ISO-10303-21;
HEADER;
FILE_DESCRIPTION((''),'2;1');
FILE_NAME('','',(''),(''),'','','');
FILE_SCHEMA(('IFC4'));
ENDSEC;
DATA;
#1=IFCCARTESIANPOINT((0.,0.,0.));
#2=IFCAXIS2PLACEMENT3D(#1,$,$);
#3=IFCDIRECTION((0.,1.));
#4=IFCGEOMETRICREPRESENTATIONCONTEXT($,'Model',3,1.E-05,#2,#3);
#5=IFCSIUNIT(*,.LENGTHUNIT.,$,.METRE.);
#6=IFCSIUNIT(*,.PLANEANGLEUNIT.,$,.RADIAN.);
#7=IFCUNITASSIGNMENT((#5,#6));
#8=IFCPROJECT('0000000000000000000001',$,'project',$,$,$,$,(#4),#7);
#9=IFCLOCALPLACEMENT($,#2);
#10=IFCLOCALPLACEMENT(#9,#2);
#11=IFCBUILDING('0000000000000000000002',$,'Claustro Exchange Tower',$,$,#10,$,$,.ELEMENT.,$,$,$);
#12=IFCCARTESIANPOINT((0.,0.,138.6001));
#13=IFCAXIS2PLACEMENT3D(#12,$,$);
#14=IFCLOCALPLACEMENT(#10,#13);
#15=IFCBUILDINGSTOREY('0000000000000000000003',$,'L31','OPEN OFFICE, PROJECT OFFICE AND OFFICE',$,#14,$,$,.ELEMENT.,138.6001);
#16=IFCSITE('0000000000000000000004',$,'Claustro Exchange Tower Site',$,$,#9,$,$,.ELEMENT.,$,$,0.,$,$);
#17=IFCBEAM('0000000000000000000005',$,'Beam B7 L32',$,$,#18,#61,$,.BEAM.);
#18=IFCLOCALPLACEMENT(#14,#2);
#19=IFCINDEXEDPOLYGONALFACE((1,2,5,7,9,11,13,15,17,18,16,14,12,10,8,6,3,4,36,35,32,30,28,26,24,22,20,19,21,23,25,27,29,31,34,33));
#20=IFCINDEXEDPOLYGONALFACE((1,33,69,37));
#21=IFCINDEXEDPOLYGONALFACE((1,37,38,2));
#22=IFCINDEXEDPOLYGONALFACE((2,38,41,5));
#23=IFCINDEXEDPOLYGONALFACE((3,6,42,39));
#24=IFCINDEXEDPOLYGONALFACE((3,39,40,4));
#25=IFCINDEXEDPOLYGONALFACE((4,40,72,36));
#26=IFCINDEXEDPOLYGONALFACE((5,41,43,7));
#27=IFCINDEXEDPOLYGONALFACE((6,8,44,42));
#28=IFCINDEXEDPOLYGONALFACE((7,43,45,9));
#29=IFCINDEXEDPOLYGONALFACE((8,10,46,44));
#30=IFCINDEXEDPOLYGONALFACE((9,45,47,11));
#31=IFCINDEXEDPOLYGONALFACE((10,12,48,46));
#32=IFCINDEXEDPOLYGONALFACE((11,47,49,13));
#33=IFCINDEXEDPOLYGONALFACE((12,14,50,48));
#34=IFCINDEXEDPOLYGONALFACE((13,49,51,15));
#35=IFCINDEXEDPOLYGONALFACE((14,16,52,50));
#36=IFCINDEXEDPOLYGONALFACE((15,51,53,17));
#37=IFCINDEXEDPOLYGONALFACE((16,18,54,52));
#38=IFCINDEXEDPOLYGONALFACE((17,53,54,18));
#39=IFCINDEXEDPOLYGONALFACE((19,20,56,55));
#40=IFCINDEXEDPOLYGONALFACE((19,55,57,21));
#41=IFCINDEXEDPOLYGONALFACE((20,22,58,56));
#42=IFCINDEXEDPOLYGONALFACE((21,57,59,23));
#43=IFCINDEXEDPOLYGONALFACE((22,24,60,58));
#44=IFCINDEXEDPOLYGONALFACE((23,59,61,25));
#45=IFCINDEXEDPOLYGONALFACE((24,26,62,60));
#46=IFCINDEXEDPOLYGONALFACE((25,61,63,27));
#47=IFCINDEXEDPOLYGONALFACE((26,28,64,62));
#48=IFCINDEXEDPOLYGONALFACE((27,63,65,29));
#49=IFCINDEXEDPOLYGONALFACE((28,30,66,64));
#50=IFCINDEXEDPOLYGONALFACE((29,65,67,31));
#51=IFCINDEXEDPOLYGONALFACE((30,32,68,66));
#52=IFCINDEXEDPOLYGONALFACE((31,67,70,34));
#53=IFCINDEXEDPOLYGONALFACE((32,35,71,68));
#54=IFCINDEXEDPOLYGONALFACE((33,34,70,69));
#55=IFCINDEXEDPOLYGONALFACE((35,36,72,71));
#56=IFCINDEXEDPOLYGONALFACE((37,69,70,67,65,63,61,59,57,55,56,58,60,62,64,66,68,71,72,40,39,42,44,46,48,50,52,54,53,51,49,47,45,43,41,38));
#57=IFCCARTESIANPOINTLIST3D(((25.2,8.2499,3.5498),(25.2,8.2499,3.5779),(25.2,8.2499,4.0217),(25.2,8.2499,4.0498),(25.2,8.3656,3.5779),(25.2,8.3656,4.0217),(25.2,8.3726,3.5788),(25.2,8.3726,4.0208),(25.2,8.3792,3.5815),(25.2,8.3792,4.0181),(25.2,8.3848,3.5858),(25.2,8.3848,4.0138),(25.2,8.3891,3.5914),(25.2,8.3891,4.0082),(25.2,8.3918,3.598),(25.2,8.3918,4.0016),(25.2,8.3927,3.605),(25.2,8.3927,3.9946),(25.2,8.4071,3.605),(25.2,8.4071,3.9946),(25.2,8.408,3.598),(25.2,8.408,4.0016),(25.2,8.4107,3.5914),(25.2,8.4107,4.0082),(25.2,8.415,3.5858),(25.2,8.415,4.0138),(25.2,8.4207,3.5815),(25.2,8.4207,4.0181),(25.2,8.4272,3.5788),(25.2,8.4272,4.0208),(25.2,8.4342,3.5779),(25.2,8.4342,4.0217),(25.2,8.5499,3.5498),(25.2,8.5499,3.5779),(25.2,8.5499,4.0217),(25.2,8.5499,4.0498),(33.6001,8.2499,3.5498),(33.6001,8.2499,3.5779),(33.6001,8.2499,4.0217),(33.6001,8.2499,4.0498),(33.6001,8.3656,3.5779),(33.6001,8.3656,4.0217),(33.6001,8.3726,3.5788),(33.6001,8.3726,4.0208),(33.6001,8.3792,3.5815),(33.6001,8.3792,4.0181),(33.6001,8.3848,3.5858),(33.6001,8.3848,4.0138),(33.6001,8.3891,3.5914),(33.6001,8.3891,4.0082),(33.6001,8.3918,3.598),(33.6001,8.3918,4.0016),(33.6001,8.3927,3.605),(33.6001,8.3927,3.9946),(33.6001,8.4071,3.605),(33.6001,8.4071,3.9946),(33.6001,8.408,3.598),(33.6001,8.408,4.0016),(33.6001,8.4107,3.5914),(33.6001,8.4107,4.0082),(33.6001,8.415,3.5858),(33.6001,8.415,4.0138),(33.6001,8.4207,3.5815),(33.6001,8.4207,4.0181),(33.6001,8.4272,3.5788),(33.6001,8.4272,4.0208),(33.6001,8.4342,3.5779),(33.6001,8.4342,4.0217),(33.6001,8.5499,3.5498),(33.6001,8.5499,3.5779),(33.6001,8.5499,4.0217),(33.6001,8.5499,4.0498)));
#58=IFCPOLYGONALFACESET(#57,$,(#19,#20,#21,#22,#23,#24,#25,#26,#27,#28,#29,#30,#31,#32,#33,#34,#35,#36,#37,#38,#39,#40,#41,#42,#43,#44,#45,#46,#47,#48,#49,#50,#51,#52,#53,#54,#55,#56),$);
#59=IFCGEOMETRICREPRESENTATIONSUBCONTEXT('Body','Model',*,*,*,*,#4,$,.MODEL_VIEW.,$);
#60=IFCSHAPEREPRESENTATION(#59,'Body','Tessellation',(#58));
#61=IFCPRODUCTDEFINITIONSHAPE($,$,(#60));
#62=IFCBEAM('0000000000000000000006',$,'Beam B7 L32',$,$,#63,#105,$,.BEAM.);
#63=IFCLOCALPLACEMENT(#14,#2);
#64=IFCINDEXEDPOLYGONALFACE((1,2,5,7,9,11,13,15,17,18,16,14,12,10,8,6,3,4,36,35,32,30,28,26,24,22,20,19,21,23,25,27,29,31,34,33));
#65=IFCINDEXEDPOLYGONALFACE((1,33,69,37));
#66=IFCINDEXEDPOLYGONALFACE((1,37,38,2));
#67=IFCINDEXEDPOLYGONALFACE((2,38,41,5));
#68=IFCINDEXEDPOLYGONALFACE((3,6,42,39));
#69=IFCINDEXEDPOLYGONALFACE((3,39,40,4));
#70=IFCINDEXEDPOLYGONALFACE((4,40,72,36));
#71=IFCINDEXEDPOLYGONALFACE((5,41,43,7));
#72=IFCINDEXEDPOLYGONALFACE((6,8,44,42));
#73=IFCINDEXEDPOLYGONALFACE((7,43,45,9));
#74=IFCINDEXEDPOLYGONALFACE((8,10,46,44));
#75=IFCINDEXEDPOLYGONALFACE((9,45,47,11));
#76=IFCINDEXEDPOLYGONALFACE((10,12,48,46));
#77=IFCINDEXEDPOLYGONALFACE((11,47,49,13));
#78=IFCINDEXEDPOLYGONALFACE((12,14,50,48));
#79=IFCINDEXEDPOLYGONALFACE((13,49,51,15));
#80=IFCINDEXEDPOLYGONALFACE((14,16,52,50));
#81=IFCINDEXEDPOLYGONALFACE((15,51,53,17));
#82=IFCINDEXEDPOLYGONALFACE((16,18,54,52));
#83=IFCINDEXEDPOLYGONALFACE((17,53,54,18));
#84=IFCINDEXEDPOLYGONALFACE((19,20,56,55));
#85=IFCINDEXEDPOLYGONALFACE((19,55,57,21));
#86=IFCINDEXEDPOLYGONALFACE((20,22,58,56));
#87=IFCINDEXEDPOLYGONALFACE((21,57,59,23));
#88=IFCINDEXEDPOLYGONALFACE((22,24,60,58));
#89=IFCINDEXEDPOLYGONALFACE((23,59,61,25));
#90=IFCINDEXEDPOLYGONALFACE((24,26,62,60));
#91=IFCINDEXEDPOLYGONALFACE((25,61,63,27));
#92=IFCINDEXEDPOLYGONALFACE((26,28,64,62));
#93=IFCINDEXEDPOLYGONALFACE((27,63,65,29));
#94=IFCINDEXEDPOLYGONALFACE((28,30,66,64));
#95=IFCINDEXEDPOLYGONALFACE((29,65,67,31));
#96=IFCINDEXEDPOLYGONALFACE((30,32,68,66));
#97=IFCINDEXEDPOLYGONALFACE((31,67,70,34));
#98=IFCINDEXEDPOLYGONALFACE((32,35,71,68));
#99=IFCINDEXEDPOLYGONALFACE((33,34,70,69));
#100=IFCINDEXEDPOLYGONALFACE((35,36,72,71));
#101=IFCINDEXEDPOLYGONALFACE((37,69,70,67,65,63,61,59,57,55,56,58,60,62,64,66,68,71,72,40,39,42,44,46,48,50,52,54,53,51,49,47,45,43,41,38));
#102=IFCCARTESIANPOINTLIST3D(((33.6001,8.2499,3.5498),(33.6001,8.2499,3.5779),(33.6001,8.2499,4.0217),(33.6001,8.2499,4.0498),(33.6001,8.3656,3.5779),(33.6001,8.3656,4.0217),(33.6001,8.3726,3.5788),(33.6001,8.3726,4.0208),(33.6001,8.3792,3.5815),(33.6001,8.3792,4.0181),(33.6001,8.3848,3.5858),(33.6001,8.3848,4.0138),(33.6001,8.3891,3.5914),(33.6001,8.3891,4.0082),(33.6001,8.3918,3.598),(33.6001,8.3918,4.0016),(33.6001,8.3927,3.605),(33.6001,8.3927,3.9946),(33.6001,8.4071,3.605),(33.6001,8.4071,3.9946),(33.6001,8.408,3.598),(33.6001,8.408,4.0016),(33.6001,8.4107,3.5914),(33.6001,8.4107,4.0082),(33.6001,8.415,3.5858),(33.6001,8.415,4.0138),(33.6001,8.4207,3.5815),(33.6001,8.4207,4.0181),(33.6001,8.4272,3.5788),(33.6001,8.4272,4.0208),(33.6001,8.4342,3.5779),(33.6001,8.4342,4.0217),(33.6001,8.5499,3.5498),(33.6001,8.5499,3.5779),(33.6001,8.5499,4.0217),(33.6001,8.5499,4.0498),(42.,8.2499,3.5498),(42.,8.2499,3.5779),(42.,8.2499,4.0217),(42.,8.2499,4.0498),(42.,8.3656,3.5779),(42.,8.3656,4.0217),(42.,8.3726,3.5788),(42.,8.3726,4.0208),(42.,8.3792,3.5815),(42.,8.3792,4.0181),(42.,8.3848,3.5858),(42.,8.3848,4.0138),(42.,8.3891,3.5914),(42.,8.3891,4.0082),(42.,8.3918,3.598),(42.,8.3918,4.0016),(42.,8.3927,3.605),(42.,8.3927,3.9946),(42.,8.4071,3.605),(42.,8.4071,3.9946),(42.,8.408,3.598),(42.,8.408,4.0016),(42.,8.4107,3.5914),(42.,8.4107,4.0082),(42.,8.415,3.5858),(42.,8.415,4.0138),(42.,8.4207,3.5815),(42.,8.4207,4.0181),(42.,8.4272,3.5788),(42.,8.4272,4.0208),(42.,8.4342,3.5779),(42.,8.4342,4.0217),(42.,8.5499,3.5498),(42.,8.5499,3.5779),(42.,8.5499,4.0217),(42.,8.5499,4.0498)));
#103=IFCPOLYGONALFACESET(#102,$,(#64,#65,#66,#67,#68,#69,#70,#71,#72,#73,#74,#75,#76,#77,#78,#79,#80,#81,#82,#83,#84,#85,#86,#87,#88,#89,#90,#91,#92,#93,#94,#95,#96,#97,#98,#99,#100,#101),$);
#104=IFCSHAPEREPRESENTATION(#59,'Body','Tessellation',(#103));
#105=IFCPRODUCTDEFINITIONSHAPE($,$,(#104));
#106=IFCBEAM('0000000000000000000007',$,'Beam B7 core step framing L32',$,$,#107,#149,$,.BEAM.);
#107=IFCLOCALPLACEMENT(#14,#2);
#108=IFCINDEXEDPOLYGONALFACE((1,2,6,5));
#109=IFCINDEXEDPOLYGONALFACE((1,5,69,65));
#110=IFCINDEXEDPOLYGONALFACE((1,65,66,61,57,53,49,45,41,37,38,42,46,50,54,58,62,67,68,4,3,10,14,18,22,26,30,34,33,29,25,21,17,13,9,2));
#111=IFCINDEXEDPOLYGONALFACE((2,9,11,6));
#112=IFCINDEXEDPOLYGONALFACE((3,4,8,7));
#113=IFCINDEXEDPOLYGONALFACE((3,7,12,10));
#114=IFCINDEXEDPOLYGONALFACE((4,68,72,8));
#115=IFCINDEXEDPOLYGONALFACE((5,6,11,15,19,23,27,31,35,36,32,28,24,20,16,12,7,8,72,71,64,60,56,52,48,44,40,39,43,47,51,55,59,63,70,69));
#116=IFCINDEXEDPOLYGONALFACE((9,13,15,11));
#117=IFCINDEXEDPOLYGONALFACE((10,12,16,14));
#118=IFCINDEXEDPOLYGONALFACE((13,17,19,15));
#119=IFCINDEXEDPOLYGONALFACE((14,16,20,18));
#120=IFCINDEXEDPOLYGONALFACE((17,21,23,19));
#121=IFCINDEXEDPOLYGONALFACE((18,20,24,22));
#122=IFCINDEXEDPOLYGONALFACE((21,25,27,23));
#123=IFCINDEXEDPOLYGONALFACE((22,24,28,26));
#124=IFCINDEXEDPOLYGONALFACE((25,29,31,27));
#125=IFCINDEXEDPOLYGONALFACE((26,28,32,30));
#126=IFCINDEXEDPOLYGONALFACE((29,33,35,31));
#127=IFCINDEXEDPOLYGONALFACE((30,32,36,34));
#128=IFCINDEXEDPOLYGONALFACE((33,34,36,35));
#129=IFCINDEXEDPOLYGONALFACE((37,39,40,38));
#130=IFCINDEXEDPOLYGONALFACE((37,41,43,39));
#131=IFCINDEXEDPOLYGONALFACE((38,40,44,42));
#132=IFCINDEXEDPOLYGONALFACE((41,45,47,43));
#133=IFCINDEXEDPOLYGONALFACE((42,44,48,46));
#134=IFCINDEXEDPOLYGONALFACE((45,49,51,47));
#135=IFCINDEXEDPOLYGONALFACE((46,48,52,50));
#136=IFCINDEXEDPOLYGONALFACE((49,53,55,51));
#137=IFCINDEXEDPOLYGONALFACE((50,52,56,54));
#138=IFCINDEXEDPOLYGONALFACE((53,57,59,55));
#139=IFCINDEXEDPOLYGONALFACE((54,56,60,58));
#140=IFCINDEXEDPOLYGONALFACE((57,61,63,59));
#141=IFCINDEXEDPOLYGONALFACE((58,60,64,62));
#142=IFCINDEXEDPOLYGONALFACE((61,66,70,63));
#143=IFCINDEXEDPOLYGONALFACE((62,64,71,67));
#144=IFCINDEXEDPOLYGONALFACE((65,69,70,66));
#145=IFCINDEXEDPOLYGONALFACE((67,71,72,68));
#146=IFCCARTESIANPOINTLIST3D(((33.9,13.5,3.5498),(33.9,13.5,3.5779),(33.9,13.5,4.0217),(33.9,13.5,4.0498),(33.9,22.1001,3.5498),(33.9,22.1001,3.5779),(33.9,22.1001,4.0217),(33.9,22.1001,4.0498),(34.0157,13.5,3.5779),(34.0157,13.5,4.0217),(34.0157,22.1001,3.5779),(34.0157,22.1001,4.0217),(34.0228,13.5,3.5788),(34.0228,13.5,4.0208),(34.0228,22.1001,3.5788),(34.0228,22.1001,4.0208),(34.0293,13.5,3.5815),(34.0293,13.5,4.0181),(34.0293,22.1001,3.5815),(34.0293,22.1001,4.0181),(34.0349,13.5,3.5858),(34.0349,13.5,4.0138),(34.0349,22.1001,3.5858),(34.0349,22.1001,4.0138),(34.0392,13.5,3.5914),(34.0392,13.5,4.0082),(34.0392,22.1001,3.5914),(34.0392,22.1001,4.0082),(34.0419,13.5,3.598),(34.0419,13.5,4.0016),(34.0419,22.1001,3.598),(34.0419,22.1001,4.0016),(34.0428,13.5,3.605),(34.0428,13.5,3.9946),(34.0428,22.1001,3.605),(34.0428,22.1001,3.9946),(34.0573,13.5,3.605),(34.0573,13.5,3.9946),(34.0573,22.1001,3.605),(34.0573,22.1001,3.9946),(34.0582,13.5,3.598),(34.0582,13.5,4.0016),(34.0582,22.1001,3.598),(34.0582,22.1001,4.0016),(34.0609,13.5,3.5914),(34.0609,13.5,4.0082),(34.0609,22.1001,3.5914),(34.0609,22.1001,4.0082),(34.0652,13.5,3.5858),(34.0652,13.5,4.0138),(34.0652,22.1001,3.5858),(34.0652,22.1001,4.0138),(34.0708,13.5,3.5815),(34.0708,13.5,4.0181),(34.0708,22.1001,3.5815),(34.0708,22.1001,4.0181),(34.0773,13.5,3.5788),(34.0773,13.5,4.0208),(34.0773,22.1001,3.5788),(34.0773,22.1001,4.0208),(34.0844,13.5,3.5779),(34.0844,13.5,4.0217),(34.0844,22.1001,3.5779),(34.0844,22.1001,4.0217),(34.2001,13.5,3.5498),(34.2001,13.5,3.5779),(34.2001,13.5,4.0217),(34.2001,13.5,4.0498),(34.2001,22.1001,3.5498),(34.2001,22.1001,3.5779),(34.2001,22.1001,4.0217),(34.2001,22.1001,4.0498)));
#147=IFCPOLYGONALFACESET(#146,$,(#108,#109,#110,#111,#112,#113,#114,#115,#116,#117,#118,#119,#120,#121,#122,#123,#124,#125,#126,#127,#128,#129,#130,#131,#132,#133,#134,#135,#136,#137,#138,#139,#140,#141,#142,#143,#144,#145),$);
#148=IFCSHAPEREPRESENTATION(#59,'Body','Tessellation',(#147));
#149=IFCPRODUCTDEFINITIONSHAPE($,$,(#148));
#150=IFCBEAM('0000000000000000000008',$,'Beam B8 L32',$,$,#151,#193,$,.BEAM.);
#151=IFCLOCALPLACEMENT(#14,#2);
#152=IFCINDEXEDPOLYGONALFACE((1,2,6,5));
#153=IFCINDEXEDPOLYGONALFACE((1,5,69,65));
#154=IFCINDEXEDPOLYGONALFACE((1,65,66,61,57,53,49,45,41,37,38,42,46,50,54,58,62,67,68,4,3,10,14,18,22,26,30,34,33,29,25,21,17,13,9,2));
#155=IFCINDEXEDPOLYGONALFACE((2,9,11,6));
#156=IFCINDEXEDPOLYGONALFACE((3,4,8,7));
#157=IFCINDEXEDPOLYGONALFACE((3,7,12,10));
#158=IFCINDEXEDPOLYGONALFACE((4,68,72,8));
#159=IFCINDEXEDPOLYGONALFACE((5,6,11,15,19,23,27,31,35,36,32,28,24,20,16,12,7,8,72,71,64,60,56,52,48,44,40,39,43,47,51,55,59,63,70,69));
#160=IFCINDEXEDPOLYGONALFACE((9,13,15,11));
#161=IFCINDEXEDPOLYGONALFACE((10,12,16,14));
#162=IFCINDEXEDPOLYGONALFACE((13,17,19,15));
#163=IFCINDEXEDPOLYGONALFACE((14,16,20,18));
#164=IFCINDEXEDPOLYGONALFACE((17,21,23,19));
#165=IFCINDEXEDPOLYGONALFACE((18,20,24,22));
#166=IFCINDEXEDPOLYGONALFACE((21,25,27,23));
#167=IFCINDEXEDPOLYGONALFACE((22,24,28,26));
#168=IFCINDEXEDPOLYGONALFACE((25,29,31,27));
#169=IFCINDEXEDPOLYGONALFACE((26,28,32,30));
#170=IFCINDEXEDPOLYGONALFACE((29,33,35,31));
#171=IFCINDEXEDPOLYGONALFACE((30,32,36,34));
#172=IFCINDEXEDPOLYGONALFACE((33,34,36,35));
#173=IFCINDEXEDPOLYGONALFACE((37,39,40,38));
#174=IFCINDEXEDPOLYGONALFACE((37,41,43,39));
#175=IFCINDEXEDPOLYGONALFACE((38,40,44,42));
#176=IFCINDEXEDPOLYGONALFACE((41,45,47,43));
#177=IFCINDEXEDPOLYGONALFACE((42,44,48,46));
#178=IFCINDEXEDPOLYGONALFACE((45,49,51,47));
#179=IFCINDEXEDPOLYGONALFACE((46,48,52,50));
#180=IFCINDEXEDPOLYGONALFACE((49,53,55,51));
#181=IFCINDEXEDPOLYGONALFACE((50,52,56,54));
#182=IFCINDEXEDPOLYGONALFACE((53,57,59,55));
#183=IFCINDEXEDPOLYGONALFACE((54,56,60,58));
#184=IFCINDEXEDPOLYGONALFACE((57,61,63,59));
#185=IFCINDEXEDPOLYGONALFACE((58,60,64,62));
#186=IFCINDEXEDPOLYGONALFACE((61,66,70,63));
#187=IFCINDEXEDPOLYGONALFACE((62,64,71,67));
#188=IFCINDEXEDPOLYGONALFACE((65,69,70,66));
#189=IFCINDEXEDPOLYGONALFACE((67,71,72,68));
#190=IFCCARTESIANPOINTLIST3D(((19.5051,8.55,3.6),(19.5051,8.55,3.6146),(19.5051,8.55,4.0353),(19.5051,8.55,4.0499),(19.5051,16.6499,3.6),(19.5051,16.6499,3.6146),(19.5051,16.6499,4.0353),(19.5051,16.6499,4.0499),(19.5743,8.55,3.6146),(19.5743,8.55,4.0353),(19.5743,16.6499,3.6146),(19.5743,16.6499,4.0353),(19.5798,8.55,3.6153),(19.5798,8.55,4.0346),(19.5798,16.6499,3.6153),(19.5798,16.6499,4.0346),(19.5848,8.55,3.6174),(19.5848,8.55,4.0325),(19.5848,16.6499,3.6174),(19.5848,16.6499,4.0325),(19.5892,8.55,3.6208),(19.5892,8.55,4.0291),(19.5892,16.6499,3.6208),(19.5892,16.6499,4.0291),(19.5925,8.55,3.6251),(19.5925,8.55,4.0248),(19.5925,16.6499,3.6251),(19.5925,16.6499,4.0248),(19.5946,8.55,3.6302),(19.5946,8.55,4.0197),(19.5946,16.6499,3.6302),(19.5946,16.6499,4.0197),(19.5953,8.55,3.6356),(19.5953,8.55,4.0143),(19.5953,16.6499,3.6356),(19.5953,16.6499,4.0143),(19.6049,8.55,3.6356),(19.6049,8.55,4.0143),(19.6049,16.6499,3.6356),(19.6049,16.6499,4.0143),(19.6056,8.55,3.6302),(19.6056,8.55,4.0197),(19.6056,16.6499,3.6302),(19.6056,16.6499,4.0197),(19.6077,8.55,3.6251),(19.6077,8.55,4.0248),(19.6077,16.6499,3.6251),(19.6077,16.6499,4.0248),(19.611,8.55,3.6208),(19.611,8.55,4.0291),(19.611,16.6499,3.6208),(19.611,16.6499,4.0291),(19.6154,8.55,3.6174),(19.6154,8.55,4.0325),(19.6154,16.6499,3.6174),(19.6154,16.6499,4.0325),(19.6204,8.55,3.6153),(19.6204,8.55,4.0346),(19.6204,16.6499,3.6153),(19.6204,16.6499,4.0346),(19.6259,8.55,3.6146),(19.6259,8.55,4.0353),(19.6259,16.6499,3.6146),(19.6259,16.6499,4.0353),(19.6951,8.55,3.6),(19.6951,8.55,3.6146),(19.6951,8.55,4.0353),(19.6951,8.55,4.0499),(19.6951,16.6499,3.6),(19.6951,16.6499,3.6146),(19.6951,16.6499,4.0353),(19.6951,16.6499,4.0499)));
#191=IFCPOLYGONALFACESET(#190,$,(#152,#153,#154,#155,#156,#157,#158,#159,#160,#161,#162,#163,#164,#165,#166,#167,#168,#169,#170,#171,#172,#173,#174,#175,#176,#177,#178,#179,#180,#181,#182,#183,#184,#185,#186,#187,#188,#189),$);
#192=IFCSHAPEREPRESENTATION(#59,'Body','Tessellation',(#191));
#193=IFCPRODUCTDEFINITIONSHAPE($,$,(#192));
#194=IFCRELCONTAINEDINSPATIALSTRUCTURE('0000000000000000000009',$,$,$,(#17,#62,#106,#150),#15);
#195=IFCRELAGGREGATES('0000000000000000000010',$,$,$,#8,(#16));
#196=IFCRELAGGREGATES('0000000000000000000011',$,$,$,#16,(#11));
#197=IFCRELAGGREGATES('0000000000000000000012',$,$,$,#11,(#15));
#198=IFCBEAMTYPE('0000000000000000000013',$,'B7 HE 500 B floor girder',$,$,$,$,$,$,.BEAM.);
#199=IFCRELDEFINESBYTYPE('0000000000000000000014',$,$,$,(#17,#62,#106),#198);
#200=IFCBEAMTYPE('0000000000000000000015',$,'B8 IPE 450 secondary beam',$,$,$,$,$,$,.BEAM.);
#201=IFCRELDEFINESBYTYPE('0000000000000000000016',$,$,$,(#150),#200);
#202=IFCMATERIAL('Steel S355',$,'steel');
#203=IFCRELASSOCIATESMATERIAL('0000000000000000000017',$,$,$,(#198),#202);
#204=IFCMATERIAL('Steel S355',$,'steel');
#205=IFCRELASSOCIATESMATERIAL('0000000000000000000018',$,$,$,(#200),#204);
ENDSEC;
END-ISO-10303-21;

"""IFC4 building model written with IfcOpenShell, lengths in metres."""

from ifc_helpers import new_model, si_unit, direction, frame, origin, origin_2d, place, context, subcontext, project, spatial, i_section, extrude, material, material_profile, profile_set, type_object, element, save


model = new_model("IFC4")

# Units and contexts
model_context = context("Model", 3, precision=1e-05, world=origin(), true_north=direction((0.0, 1.0)))
body_context = subcontext(model_context, "Body", "Model", "MODEL_VIEW")
ifc_project = project(units=[si_unit("LENGTHUNIT", "METRE"), si_unit("PLANEANGLEUNIT", "RADIAN")], contexts=[model_context])

# Site, building, storey
site_placement = place(None, origin())
site = spatial("IfcSite", under=ifc_project, at=site_placement, Name="Claustro Exchange Tower Site", CompositionType="ELEMENT", RefElevation=0.0)
building_placement = place(site_placement, origin())
building = spatial("IfcBuilding", under=site, at=building_placement, Name="Claustro Exchange Tower", CompositionType="ELEMENT")
storey_placement = place(building_placement, frame((0.0, 0.0, 138.6001)))
storey = spatial("IfcBuildingStorey", under=building, at=storey_placement, Name="L31", Description="OPEN OFFICE, PROJECT OFFICE AND OFFICE", CompositionType="ELEMENT", Elevation=138.6001)

# Beams
ifc_material_1 = material(Name="Steel S355", Category="steel")
ifc_material_profile_1 = material_profile(ifc_material_1, i_section(OverallWidth=0.3, OverallDepth=0.5, WebThickness=0.0144, FlangeThickness=0.0281, FilletRadius=0.0271, at=origin_2d()), Name="HE 500 B")
ifc_profile_set_1 = profile_set([ifc_material_profile_1], Name="Steel S355")
beam_type_1 = type_object("IfcBeamType", Name="B7 HE 500 B floor girder", PredefinedType="BEAM", material=ifc_profile_set_1)
beam_1_placement = place(storey_placement, frame((25.2, 8.3999, 3.7998), z_axis=(1.0, 0.0, 0.0), x_axis=(0.0, 1.0, 0.0)))
element("IfcBeam", 1, at=beam_1_placement, inside=storey, type_object=beam_type_1, Name="Beam B7 L32", PredefinedType="BEAM", context=body_context, shape_type="SweptSolid", body=[
    extrude(i_section(OverallWidth=0.3, OverallDepth=0.5, WebThickness=0.0144, FlangeThickness=0.0281, FilletRadius=0.0271, at=origin_2d()), origin(), (0.0, 0.0, 1.0), 8.4001),
])
beam_2_placement = place(storey_placement, frame((33.6001, 8.3999, 3.7998), z_axis=(1.0, 0.0, 0.0), x_axis=(0.0, 1.0, 0.0)))
element("IfcBeam", 2, at=beam_2_placement, inside=storey, type_object=beam_type_1, Name="Beam B7 L32", PredefinedType="BEAM", context=body_context, shape_type="SweptSolid", body=[
    extrude(i_section(OverallWidth=0.3, OverallDepth=0.5, WebThickness=0.0144, FlangeThickness=0.0281, FilletRadius=0.0271, at=origin_2d()), origin(), (0.0, 0.0, 1.0), 8.3999),
])
beam_3_placement = place(storey_placement, frame((34.05, 13.5, 3.7998), z_axis=(0.0, 1.0, 0.0), x_axis=(-1.0, 0.0, 0.0)))
element("IfcBeam", 3, at=beam_3_placement, inside=storey, type_object=beam_type_1, Name="Beam B7 core step framing L32", PredefinedType="BEAM", context=body_context, shape_type="SweptSolid", body=[
    extrude(i_section(OverallWidth=0.3, OverallDepth=0.5, WebThickness=0.0144, FlangeThickness=0.0281, FilletRadius=0.0271, at=origin_2d()), origin(), (0.0, 0.0, 1.0), 8.6001),
])
ifc_material_2 = material(Name="Steel S355", Category="steel")
ifc_material_profile_2 = material_profile(ifc_material_2, i_section(OverallWidth=0.1899, OverallDepth=0.45, WebThickness=0.0095, FlangeThickness=0.0146, FilletRadius=0.021, at=origin_2d()), Name="IPE 450")
ifc_profile_set_2 = profile_set([ifc_material_profile_2], Name="Steel S355")
beam_type_2 = type_object("IfcBeamType", Name="B8 IPE 450 secondary beam", PredefinedType="BEAM", material=ifc_profile_set_2)
for number, where, z_axis, x_axis, name in (
    (4, (19.6001, 8.55, 3.825), (0.0, 1.0, 0.0), (-1.0, 0.0, 0.0), "Beam B8 L32"),
):
    element("IfcBeam", number, at=place(storey_placement, frame(where, z_axis=z_axis, x_axis=x_axis)), inside=storey, type_object=beam_type_2, Name=name, PredefinedType="BEAM", context=body_context, shape_type="SweptSolid", body=[
        extrude(i_section(OverallWidth=0.1899, OverallDepth=0.45, WebThickness=0.0095, FlangeThickness=0.0146, FilletRadius=0.021, at=origin_2d()), origin(), (0.0, 0.0, 1.0), 8.0999),
    ])

save(model, "model.ifc")
